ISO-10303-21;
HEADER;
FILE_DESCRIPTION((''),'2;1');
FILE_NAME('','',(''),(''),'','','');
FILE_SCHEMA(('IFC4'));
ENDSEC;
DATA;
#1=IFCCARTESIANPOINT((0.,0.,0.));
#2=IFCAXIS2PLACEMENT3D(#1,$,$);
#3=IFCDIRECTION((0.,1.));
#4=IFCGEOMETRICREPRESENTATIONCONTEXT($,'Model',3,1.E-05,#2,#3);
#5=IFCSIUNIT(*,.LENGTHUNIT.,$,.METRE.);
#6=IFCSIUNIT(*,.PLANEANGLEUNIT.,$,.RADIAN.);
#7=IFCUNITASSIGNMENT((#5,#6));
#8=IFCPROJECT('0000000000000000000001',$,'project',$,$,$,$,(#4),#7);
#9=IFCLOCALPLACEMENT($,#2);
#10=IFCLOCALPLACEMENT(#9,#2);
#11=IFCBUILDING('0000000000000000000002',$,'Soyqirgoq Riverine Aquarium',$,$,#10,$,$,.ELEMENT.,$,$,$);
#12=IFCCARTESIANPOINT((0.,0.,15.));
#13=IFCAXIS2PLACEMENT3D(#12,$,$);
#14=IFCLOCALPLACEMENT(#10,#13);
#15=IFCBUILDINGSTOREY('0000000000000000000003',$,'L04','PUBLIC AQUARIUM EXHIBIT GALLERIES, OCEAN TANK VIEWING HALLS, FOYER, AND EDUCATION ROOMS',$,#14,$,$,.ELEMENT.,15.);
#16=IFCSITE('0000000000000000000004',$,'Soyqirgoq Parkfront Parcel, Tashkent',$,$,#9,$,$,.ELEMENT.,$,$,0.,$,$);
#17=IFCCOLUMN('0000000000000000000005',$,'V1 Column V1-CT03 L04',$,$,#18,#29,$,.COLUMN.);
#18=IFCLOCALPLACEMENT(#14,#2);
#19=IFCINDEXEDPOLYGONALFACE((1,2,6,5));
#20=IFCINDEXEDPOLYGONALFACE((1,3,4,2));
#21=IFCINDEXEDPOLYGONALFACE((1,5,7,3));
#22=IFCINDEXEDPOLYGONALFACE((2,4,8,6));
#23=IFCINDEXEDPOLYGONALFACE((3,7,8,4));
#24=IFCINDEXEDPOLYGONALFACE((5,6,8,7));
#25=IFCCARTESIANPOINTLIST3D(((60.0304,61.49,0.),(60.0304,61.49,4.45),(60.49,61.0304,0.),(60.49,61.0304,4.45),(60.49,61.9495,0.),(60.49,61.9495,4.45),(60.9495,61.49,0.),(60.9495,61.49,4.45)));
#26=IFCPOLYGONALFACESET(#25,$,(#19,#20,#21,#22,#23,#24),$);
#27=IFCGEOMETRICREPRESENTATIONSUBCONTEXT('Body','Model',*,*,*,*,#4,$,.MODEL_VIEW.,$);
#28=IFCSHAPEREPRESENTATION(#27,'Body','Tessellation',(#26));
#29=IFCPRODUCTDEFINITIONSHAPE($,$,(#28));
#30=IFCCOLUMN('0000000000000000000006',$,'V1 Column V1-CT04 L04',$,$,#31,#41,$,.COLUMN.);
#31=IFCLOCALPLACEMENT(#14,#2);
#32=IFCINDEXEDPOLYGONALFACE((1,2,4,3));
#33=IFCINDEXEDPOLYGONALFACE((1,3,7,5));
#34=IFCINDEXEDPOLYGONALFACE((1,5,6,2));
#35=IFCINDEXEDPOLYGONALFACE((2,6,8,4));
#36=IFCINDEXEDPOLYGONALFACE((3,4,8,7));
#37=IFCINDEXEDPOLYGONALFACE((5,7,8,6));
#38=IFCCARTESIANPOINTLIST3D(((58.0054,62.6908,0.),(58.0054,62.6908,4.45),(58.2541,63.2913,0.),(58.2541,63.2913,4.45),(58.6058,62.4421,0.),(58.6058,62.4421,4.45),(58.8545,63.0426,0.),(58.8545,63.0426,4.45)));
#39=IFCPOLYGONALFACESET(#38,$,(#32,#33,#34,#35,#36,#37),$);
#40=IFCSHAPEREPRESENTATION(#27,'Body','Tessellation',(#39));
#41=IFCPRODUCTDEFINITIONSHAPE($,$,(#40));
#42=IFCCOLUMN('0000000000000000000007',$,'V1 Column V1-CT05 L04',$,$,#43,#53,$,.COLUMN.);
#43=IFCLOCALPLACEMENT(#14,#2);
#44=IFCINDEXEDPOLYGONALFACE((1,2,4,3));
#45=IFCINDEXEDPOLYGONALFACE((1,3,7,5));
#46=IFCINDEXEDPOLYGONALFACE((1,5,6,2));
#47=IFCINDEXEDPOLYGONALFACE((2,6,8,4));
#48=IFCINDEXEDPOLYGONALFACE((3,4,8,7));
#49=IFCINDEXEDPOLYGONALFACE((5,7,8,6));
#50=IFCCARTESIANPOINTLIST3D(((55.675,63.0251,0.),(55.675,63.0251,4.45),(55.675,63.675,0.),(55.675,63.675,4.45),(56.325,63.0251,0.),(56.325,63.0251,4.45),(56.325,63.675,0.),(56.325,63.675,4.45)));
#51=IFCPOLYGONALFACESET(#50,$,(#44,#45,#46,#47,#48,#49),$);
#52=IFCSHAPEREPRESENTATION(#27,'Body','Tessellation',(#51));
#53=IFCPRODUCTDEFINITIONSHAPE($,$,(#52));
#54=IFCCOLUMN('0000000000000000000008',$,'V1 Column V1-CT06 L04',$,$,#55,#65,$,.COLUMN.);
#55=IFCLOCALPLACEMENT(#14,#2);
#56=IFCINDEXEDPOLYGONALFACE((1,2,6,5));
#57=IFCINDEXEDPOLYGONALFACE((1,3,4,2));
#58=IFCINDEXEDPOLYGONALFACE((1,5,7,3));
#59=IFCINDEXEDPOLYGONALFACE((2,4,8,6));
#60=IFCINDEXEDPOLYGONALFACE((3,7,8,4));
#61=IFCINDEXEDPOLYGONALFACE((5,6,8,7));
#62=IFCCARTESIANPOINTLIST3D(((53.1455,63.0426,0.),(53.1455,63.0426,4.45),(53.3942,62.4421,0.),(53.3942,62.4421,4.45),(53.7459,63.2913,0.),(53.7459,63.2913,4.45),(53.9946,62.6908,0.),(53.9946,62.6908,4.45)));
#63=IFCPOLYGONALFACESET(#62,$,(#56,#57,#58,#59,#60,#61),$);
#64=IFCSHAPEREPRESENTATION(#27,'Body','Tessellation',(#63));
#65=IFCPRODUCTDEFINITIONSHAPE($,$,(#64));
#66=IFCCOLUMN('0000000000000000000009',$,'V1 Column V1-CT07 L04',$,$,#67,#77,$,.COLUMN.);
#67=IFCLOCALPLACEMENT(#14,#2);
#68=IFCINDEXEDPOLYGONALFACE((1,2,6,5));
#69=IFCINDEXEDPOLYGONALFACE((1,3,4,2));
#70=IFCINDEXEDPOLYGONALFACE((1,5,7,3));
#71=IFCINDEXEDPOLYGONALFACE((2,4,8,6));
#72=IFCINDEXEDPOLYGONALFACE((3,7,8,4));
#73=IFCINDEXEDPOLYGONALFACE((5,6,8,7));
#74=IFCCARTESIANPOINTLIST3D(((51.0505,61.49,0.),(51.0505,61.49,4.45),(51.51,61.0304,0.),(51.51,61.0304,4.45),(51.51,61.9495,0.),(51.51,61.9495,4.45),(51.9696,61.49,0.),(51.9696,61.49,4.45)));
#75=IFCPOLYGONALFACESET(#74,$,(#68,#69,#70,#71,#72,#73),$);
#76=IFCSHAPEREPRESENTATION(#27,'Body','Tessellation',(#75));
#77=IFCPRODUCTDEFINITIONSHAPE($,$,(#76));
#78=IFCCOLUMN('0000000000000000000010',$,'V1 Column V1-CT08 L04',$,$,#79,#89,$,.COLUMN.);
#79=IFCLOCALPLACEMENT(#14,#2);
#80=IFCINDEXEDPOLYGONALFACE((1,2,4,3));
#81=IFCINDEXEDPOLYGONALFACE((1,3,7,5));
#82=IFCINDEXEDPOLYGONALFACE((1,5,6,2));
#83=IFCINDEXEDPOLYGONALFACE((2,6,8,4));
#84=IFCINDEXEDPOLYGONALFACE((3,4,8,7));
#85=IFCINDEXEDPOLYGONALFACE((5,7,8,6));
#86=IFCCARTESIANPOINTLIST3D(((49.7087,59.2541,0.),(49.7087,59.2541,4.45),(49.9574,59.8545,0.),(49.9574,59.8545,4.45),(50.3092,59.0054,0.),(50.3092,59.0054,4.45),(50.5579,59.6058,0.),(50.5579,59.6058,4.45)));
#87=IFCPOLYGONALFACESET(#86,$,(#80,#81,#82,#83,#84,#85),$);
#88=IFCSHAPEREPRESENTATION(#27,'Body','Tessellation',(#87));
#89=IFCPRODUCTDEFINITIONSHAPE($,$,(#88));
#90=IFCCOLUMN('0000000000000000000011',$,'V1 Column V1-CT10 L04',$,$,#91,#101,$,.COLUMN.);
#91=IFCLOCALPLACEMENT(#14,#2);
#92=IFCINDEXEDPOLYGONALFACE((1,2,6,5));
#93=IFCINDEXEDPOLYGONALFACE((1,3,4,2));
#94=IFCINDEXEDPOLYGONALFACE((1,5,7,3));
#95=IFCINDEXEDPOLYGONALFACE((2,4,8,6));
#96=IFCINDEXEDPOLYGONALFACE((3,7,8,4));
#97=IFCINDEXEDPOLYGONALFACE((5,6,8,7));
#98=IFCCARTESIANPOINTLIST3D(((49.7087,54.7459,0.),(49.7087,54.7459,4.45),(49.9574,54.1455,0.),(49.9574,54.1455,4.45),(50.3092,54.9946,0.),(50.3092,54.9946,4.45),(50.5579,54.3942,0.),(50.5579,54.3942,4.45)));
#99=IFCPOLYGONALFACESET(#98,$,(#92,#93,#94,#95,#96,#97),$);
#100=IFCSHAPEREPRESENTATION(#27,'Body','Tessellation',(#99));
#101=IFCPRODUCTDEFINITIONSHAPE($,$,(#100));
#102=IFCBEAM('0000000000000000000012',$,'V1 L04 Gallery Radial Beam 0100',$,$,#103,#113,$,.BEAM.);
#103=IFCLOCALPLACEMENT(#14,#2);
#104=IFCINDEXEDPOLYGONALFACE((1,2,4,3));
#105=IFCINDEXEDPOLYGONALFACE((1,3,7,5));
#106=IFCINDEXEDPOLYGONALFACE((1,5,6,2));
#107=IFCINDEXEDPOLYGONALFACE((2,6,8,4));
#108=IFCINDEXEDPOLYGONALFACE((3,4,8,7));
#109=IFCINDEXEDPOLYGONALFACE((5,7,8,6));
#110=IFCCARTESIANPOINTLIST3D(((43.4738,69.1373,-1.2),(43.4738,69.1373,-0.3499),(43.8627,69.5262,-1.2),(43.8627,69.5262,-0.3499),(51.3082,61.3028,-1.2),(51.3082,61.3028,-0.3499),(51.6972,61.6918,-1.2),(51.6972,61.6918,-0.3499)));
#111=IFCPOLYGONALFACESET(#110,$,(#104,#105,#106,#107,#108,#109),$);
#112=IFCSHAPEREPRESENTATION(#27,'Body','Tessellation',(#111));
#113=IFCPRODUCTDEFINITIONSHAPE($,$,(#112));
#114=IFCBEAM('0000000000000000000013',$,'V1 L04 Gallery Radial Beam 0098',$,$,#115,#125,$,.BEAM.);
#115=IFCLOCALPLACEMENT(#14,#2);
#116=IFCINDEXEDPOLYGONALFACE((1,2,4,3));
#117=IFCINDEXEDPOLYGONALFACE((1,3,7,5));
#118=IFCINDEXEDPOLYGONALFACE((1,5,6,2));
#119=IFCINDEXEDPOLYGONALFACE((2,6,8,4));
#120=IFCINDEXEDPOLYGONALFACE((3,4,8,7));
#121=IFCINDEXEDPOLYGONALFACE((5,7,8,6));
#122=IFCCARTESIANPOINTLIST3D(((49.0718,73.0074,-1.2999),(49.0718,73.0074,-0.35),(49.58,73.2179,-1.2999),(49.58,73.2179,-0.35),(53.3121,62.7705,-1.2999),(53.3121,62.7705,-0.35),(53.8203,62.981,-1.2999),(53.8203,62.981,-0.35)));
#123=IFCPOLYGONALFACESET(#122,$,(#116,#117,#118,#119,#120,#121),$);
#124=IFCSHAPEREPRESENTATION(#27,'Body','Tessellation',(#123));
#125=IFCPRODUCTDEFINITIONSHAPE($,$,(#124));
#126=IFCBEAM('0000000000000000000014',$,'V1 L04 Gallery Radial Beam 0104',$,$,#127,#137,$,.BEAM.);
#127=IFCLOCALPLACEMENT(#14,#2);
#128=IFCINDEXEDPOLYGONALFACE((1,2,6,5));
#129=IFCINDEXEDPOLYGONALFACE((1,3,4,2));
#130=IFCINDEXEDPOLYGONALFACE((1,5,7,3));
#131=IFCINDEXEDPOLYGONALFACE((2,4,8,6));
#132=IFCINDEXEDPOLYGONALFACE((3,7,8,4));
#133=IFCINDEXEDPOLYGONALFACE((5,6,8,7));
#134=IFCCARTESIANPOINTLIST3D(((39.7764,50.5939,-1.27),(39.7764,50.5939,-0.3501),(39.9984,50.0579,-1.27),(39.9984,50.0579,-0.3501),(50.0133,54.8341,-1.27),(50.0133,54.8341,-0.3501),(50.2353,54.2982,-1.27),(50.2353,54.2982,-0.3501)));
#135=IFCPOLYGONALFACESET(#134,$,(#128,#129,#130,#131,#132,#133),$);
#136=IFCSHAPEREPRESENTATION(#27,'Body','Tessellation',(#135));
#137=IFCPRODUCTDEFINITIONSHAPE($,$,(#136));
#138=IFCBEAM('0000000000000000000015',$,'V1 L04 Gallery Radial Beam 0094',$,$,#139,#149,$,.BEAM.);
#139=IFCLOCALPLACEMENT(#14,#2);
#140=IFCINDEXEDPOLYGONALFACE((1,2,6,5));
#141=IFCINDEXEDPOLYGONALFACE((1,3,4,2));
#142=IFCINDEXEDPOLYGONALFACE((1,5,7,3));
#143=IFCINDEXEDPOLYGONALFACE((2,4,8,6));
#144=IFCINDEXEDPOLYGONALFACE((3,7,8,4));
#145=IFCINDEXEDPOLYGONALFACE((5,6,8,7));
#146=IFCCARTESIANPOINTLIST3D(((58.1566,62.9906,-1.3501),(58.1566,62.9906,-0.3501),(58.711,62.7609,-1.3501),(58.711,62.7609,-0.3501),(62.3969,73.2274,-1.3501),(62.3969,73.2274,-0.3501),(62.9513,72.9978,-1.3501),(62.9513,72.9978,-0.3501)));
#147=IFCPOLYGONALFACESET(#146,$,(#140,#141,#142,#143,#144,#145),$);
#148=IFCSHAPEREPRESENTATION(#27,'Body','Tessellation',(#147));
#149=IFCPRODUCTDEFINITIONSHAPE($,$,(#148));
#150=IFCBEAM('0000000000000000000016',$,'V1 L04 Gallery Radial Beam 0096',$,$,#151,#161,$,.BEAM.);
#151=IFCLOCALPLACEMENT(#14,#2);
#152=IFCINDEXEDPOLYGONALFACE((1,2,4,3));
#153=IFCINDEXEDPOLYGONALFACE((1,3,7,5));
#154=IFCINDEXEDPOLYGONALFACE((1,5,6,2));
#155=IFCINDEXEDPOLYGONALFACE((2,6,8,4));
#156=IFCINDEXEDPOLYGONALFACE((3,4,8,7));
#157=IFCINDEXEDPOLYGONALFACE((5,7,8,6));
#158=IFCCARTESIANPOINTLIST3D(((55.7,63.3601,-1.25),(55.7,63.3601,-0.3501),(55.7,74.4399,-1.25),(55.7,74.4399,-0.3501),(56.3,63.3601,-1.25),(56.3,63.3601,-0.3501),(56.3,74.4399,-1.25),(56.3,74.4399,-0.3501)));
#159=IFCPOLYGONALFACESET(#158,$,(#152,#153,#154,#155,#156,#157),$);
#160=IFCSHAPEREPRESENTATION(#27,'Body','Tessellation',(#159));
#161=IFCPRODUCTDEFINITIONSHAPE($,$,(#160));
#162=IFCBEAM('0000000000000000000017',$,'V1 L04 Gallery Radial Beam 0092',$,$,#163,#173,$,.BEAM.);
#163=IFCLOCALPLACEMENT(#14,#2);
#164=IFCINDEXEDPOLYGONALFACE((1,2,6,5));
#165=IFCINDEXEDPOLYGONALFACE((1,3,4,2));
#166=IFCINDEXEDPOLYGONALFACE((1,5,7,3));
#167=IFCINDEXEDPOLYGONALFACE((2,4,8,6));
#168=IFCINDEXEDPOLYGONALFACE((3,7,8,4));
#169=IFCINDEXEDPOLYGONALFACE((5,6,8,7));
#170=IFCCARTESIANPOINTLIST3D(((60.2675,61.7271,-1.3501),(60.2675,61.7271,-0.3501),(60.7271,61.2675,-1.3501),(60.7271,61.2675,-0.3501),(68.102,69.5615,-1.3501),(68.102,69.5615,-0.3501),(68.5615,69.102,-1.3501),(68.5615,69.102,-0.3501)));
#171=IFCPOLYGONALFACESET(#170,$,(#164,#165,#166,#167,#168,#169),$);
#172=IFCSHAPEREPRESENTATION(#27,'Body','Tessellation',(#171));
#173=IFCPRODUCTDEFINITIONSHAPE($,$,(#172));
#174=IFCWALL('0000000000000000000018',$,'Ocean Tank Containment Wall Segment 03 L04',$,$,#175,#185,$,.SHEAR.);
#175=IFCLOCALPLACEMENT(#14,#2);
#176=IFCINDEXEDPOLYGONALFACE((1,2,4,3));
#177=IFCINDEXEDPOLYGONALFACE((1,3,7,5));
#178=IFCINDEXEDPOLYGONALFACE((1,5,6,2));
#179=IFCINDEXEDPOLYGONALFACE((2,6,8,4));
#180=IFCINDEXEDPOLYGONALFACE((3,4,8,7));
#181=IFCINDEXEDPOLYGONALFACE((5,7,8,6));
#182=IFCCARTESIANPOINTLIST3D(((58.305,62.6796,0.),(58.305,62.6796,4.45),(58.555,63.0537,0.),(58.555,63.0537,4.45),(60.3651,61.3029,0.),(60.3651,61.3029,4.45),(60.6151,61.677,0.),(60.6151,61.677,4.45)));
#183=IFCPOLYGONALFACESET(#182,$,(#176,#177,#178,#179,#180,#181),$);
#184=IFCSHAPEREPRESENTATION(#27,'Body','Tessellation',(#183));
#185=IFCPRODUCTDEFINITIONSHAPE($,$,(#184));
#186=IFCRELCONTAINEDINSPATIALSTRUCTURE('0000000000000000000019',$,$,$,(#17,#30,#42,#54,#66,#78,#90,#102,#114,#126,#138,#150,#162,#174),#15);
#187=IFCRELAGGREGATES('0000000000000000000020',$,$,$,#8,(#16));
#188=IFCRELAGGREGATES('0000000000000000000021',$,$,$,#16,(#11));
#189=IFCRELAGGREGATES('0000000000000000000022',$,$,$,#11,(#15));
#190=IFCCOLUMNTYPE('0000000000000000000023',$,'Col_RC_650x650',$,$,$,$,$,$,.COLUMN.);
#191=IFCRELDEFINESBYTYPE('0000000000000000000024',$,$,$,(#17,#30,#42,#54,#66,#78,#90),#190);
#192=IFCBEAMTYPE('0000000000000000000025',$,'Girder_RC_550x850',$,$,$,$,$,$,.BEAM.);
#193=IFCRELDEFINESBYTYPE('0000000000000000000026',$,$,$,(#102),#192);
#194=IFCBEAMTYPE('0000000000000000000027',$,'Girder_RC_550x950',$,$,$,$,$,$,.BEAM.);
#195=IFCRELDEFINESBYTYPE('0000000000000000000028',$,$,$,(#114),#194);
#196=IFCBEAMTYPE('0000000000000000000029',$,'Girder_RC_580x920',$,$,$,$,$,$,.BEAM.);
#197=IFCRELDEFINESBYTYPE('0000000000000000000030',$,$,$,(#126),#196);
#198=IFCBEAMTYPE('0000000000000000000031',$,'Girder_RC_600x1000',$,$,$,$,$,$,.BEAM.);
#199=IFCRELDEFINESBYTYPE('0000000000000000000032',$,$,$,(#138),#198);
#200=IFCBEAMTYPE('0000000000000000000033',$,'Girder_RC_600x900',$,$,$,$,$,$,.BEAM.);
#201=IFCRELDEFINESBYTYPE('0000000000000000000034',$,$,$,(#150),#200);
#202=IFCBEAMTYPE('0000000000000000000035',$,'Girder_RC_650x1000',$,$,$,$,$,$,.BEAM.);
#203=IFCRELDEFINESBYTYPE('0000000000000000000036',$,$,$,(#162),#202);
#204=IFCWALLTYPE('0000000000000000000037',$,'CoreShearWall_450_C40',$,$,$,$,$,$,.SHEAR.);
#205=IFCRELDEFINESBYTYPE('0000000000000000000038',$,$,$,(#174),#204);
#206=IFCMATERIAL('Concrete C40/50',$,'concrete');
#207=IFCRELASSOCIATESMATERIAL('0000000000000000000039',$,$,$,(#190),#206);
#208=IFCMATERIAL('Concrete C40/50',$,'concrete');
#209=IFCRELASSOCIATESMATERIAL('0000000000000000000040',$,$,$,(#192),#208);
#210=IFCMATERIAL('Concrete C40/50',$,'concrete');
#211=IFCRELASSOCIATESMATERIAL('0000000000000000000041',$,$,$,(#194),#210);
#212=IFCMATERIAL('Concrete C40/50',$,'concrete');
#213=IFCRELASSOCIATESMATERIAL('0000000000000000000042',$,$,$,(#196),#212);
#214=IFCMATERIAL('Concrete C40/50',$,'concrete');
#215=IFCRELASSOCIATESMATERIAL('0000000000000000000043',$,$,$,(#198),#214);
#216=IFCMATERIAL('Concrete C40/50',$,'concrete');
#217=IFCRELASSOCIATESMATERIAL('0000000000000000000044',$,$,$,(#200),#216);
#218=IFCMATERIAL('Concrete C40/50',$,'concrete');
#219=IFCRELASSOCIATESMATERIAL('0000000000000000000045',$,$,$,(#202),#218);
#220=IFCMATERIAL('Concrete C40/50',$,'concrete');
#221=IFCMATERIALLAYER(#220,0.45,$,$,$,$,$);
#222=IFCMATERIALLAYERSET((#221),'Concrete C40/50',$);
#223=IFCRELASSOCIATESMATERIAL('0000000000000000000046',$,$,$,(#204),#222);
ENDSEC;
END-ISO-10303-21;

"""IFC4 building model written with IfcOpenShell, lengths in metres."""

from ifc_helpers import new_model, si_unit, direction, frame, frame_2d, origin, origin_2d, place, context, subcontext, project, spatial, rectangle, extrude, material, layer, layer_set, material_profile, profile_set, type_object, element, save


model = new_model("IFC4")

# Units and contexts
model_context = context("Model", 3, precision=1e-05, world=origin(), true_north=direction((0.0, 1.0)))
body_context = subcontext(model_context, "Body", "Model", "MODEL_VIEW")
ifc_project = project(units=[si_unit("LENGTHUNIT", "METRE"), si_unit("PLANEANGLEUNIT", "RADIAN")], contexts=[model_context])

# Site, building, storey
site_placement = place(None, origin())
site = spatial("IfcSite", under=ifc_project, at=site_placement, Name="Soyqirgoq Parkfront Parcel, Tashkent", CompositionType="ELEMENT", RefElevation=0.0)
building_placement = place(site_placement, origin())
building = spatial("IfcBuilding", under=site, at=building_placement, Name="Soyqirgoq Riverine Aquarium", CompositionType="ELEMENT")
storey_placement = place(building_placement, frame((0.0, 0.0, 15.0)))
storey = spatial("IfcBuildingStorey", under=building, at=storey_placement, Name="L04", Description="PUBLIC AQUARIUM EXHIBIT GALLERIES, OCEAN TANK VIEWING HALLS, FOYER, AND EDUCATION ROOMS", CompositionType="ELEMENT", Elevation=15.0)

# Columns
ifc_material_1 = material(Name="Concrete C40/50", Category="concrete")
ifc_material_profile_1 = material_profile(ifc_material_1, rectangle(XDim=0.6499, YDim=0.6499, at=origin_2d()), Name="RC 650x650")
ifc_profile_set_1 = profile_set([ifc_material_profile_1], Name="Concrete C40/50")
column_type = type_object("IfcColumnType", Name="Col_RC_650x650", PredefinedType="COLUMN", material=ifc_profile_set_1)
for number, where, z_axis, x_axis, name in (
    (1, (60.49, 61.49, 0.0), (0.0, 0.0, 1.0), (0.707107, 0.707107, 0.0), "V1 Column V1-CT03 L04"),
    (2, (58.4299, 62.8667, 0.0), (0.0, 0.0, 1.0), (0.382683, 0.92388, 0.0), "V1 Column V1-CT04 L04"),
    (3, (56.0, 63.3501, 0.0), (0.0, 0.0, 1.0), (0.0, 1.0, 0.0), "V1 Column V1-CT05 L04"),
    (4, (53.5701, 62.8667, 0.0), (0.0, 0.0, 1.0), (-0.382683, 0.92388, 0.0), "V1 Column V1-CT06 L04"),
    (5, (51.51, 61.49, 0.0), (0.0, 0.0, 1.0), (-0.707107, 0.707107, 0.0), "V1 Column V1-CT07 L04"),
    (6, (50.1333, 59.4299, 0.0), (0.0, 0.0, 1.0), (-0.92388, 0.382683, 0.0), "V1 Column V1-CT08 L04"),
    (7, (50.1333, 54.5701, 0.0), (0.0, 0.0, 1.0), (-0.92388, -0.382683, 0.0), "V1 Column V1-CT10 L04"),
):
    element("IfcColumn", number, at=place(storey_placement, frame(where, z_axis=z_axis, x_axis=x_axis)), inside=storey, type_object=column_type, Name=name, PredefinedType="COLUMN", context=body_context, shape_type="SweptSolid", body=[
        extrude(rectangle(XDim=0.6499, YDim=0.6499, at=origin_2d()), origin(), (0.0, 0.0, 1.0), 4.45),
    ])

# Beams
ifc_material_2 = material(Name="Concrete C40/50", Category="concrete")
ifc_material_profile_2 = material_profile(ifc_material_2, rectangle(XDim=0.55, YDim=0.8501, at=origin_2d()), Name="RC 550x850")
ifc_profile_set_2 = profile_set([ifc_material_profile_2], Name="Concrete C40/50")
beam_type_1 = type_object("IfcBeamType", Name="Girder_RC_550x850", PredefinedType="BEAM", material=ifc_profile_set_2)
beam_1_placement = place(storey_placement, frame((51.5027, 61.4973, -0.7749), z_axis=(-0.707107, 0.707107, 0.0), x_axis=(-0.707107, -0.707107, 0.0)))
element("IfcBeam", 8, at=beam_1_placement, inside=storey, type_object=beam_type_1, Name="V1 L04 Gallery Radial Beam 0100", PredefinedType="BEAM", context=body_context, shape_type="SweptSolid", body=[
    extrude(rectangle(XDim=0.55, YDim=0.8501, at=origin_2d()), origin(), (0.0, 0.0, 1.0), 11.0796),
])
ifc_material_3 = material(Name="Concrete C40/50", Category="concrete")
ifc_material_profile_3 = material_profile(ifc_material_3, rectangle(XDim=0.55, YDim=0.95, at=origin_2d()), Name="RC 550x950")
ifc_profile_set_3 = profile_set([ifc_material_profile_3], Name="Concrete C40/50")
beam_type_2 = type_object("IfcBeamType", Name="Girder_RC_550x950", PredefinedType="BEAM", material=ifc_profile_set_3)
beam_2_placement = place(storey_placement, frame((53.5662, 62.8757, -0.825), z_axis=(-0.382684, 0.923879, 0.0), x_axis=(-0.923879, -0.382684, 0.0)))
element("IfcBeam", 9, at=beam_2_placement, inside=storey, type_object=beam_type_2, Name="V1 L04 Gallery Radial Beam 0098", PredefinedType="BEAM", context=body_context, shape_type="SweptSolid", body=[
    extrude(rectangle(XDim=0.55, YDim=0.95, at=origin_2d()), origin(), (0.0, 0.0, 1.0), 11.0803),
])
ifc_material_4 = material(Name="Concrete C40/50", Category="concrete")
ifc_material_profile_4 = material_profile(ifc_material_4, rectangle(XDim=0.5801, YDim=0.9199, at=origin_2d()), Name="RC 580x920")
ifc_profile_set_4 = profile_set([ifc_material_profile_4], Name="Concrete C40/50")
beam_type_3 = type_object("IfcBeamType", Name="Girder_RC_580x920", PredefinedType="BEAM", material=ifc_profile_set_4)
beam_3_placement = place(storey_placement, frame((50.1243, 54.5662, -0.8101), z_axis=(-0.923879, -0.382684, 0.0), x_axis=(0.382684, -0.923879, 0.0)))
element("IfcBeam", 10, at=beam_3_placement, inside=storey, type_object=beam_type_3, Name="V1 L04 Gallery Radial Beam 0104", PredefinedType="BEAM", context=body_context, shape_type="SweptSolid", body=[
    extrude(rectangle(XDim=0.5801, YDim=0.9199, at=origin_2d()), origin(), (0.0, 0.0, 1.0), 11.0803),
])
ifc_material_5 = material(Name="Concrete C40/50", Category="concrete")
ifc_material_profile_5 = material_profile(ifc_material_5, rectangle(XDim=0.6001, YDim=1.0, at=origin_2d()), Name="RC 600x1000")
ifc_profile_set_5 = profile_set([ifc_material_profile_5], Name="Concrete C40/50")
beam_type_4 = type_object("IfcBeamType", Name="Girder_RC_600x1000", PredefinedType="BEAM", material=ifc_profile_set_5)
beam_4_placement = place(storey_placement, frame((58.4338, 62.8757, -0.8501), z_axis=(0.382684, 0.923879, 0.0), x_axis=(-0.923879, 0.382684, 0.0)))
element("IfcBeam", 11, at=beam_4_placement, inside=storey, type_object=beam_type_4, Name="V1 L04 Gallery Radial Beam 0094", PredefinedType="BEAM", context=body_context, shape_type="SweptSolid", body=[
    extrude(rectangle(XDim=0.6001, YDim=1.0, at=origin_2d()), origin(), (0.0, 0.0, 1.0), 11.0803),
])
ifc_material_6 = material(Name="Concrete C40/50", Category="concrete")
ifc_material_profile_6 = material_profile(ifc_material_6, rectangle(XDim=0.6001, YDim=0.8999, at=origin_2d()), Name="RC 600x900")
ifc_profile_set_6 = profile_set([ifc_material_profile_6], Name="Concrete C40/50")
beam_type_5 = type_object("IfcBeamType", Name="Girder_RC_600x900", PredefinedType="BEAM", material=ifc_profile_set_6)
beam_5_placement = place(storey_placement, frame((56.0, 63.3601, -0.8), z_axis=(0.0, 1.0, 0.0), x_axis=(-1.0, 0.0, 0.0)))
element("IfcBeam", 12, at=beam_5_placement, inside=storey, type_object=beam_type_5, Name="V1 L04 Gallery Radial Beam 0096", PredefinedType="BEAM", context=body_context, shape_type="SweptSolid", body=[
    extrude(rectangle(XDim=0.6001, YDim=0.8999, at=origin_2d()), origin(), (0.0, 0.0, 1.0), 11.0798),
])
ifc_material_7 = material(Name="Concrete C40/50", Category="concrete")
ifc_material_profile_7 = material_profile(ifc_material_7, rectangle(XDim=0.6499, YDim=1.0, at=origin_2d()), Name="RC 650x1000")
ifc_profile_set_7 = profile_set([ifc_material_profile_7], Name="Concrete C40/50")
beam_type_6 = type_object("IfcBeamType", Name="Girder_RC_650x1000", PredefinedType="BEAM", material=ifc_profile_set_7)
beam_6_placement = place(storey_placement, frame((60.4973, 61.4973, -0.8501), z_axis=(0.707107, 0.707107, 0.0), x_axis=(-0.707107, 0.707107, 0.0)))
element("IfcBeam", 13, at=beam_6_placement, inside=storey, type_object=beam_type_6, Name="V1 L04 Gallery Radial Beam 0092", PredefinedType="BEAM", context=body_context, shape_type="SweptSolid", body=[
    extrude(rectangle(XDim=0.6499, YDim=1.0, at=origin_2d()), origin(), (0.0, 0.0, 1.0), 11.0796),
])

# Wall
ifc_material_8 = material(Name="Concrete C40/50", Category="concrete")
ifc_layer = layer(ifc_material_8, 0.45)
ifc_layer_set = layer_set([ifc_layer], Name="Concrete C40/50")
wall_type = type_object("IfcWallType", Name="CoreShearWall_450_C40", PredefinedType="SHEAR", material=ifc_layer_set)
wall_1_placement = place(storey_placement, frame((60.49, 61.49, 0.0), z_axis=(0.0, 0.0, 1.0), x_axis=(-0.831428, 0.555632, 0.0)))
element("IfcWall", 14, at=wall_1_placement, inside=storey, type_object=wall_type, Name="Ocean Tank Containment Wall Segment 03 L04", PredefinedType="SHEAR", context=body_context, shape_type="SweptSolid", body=[
    extrude(rectangle(XDim=2.4778, YDim=0.45, at=frame_2d((1.2388, 0.0))), origin(), (0.0, 0.0, 1.0), 4.45),
])

save(model, "model.ifc")
